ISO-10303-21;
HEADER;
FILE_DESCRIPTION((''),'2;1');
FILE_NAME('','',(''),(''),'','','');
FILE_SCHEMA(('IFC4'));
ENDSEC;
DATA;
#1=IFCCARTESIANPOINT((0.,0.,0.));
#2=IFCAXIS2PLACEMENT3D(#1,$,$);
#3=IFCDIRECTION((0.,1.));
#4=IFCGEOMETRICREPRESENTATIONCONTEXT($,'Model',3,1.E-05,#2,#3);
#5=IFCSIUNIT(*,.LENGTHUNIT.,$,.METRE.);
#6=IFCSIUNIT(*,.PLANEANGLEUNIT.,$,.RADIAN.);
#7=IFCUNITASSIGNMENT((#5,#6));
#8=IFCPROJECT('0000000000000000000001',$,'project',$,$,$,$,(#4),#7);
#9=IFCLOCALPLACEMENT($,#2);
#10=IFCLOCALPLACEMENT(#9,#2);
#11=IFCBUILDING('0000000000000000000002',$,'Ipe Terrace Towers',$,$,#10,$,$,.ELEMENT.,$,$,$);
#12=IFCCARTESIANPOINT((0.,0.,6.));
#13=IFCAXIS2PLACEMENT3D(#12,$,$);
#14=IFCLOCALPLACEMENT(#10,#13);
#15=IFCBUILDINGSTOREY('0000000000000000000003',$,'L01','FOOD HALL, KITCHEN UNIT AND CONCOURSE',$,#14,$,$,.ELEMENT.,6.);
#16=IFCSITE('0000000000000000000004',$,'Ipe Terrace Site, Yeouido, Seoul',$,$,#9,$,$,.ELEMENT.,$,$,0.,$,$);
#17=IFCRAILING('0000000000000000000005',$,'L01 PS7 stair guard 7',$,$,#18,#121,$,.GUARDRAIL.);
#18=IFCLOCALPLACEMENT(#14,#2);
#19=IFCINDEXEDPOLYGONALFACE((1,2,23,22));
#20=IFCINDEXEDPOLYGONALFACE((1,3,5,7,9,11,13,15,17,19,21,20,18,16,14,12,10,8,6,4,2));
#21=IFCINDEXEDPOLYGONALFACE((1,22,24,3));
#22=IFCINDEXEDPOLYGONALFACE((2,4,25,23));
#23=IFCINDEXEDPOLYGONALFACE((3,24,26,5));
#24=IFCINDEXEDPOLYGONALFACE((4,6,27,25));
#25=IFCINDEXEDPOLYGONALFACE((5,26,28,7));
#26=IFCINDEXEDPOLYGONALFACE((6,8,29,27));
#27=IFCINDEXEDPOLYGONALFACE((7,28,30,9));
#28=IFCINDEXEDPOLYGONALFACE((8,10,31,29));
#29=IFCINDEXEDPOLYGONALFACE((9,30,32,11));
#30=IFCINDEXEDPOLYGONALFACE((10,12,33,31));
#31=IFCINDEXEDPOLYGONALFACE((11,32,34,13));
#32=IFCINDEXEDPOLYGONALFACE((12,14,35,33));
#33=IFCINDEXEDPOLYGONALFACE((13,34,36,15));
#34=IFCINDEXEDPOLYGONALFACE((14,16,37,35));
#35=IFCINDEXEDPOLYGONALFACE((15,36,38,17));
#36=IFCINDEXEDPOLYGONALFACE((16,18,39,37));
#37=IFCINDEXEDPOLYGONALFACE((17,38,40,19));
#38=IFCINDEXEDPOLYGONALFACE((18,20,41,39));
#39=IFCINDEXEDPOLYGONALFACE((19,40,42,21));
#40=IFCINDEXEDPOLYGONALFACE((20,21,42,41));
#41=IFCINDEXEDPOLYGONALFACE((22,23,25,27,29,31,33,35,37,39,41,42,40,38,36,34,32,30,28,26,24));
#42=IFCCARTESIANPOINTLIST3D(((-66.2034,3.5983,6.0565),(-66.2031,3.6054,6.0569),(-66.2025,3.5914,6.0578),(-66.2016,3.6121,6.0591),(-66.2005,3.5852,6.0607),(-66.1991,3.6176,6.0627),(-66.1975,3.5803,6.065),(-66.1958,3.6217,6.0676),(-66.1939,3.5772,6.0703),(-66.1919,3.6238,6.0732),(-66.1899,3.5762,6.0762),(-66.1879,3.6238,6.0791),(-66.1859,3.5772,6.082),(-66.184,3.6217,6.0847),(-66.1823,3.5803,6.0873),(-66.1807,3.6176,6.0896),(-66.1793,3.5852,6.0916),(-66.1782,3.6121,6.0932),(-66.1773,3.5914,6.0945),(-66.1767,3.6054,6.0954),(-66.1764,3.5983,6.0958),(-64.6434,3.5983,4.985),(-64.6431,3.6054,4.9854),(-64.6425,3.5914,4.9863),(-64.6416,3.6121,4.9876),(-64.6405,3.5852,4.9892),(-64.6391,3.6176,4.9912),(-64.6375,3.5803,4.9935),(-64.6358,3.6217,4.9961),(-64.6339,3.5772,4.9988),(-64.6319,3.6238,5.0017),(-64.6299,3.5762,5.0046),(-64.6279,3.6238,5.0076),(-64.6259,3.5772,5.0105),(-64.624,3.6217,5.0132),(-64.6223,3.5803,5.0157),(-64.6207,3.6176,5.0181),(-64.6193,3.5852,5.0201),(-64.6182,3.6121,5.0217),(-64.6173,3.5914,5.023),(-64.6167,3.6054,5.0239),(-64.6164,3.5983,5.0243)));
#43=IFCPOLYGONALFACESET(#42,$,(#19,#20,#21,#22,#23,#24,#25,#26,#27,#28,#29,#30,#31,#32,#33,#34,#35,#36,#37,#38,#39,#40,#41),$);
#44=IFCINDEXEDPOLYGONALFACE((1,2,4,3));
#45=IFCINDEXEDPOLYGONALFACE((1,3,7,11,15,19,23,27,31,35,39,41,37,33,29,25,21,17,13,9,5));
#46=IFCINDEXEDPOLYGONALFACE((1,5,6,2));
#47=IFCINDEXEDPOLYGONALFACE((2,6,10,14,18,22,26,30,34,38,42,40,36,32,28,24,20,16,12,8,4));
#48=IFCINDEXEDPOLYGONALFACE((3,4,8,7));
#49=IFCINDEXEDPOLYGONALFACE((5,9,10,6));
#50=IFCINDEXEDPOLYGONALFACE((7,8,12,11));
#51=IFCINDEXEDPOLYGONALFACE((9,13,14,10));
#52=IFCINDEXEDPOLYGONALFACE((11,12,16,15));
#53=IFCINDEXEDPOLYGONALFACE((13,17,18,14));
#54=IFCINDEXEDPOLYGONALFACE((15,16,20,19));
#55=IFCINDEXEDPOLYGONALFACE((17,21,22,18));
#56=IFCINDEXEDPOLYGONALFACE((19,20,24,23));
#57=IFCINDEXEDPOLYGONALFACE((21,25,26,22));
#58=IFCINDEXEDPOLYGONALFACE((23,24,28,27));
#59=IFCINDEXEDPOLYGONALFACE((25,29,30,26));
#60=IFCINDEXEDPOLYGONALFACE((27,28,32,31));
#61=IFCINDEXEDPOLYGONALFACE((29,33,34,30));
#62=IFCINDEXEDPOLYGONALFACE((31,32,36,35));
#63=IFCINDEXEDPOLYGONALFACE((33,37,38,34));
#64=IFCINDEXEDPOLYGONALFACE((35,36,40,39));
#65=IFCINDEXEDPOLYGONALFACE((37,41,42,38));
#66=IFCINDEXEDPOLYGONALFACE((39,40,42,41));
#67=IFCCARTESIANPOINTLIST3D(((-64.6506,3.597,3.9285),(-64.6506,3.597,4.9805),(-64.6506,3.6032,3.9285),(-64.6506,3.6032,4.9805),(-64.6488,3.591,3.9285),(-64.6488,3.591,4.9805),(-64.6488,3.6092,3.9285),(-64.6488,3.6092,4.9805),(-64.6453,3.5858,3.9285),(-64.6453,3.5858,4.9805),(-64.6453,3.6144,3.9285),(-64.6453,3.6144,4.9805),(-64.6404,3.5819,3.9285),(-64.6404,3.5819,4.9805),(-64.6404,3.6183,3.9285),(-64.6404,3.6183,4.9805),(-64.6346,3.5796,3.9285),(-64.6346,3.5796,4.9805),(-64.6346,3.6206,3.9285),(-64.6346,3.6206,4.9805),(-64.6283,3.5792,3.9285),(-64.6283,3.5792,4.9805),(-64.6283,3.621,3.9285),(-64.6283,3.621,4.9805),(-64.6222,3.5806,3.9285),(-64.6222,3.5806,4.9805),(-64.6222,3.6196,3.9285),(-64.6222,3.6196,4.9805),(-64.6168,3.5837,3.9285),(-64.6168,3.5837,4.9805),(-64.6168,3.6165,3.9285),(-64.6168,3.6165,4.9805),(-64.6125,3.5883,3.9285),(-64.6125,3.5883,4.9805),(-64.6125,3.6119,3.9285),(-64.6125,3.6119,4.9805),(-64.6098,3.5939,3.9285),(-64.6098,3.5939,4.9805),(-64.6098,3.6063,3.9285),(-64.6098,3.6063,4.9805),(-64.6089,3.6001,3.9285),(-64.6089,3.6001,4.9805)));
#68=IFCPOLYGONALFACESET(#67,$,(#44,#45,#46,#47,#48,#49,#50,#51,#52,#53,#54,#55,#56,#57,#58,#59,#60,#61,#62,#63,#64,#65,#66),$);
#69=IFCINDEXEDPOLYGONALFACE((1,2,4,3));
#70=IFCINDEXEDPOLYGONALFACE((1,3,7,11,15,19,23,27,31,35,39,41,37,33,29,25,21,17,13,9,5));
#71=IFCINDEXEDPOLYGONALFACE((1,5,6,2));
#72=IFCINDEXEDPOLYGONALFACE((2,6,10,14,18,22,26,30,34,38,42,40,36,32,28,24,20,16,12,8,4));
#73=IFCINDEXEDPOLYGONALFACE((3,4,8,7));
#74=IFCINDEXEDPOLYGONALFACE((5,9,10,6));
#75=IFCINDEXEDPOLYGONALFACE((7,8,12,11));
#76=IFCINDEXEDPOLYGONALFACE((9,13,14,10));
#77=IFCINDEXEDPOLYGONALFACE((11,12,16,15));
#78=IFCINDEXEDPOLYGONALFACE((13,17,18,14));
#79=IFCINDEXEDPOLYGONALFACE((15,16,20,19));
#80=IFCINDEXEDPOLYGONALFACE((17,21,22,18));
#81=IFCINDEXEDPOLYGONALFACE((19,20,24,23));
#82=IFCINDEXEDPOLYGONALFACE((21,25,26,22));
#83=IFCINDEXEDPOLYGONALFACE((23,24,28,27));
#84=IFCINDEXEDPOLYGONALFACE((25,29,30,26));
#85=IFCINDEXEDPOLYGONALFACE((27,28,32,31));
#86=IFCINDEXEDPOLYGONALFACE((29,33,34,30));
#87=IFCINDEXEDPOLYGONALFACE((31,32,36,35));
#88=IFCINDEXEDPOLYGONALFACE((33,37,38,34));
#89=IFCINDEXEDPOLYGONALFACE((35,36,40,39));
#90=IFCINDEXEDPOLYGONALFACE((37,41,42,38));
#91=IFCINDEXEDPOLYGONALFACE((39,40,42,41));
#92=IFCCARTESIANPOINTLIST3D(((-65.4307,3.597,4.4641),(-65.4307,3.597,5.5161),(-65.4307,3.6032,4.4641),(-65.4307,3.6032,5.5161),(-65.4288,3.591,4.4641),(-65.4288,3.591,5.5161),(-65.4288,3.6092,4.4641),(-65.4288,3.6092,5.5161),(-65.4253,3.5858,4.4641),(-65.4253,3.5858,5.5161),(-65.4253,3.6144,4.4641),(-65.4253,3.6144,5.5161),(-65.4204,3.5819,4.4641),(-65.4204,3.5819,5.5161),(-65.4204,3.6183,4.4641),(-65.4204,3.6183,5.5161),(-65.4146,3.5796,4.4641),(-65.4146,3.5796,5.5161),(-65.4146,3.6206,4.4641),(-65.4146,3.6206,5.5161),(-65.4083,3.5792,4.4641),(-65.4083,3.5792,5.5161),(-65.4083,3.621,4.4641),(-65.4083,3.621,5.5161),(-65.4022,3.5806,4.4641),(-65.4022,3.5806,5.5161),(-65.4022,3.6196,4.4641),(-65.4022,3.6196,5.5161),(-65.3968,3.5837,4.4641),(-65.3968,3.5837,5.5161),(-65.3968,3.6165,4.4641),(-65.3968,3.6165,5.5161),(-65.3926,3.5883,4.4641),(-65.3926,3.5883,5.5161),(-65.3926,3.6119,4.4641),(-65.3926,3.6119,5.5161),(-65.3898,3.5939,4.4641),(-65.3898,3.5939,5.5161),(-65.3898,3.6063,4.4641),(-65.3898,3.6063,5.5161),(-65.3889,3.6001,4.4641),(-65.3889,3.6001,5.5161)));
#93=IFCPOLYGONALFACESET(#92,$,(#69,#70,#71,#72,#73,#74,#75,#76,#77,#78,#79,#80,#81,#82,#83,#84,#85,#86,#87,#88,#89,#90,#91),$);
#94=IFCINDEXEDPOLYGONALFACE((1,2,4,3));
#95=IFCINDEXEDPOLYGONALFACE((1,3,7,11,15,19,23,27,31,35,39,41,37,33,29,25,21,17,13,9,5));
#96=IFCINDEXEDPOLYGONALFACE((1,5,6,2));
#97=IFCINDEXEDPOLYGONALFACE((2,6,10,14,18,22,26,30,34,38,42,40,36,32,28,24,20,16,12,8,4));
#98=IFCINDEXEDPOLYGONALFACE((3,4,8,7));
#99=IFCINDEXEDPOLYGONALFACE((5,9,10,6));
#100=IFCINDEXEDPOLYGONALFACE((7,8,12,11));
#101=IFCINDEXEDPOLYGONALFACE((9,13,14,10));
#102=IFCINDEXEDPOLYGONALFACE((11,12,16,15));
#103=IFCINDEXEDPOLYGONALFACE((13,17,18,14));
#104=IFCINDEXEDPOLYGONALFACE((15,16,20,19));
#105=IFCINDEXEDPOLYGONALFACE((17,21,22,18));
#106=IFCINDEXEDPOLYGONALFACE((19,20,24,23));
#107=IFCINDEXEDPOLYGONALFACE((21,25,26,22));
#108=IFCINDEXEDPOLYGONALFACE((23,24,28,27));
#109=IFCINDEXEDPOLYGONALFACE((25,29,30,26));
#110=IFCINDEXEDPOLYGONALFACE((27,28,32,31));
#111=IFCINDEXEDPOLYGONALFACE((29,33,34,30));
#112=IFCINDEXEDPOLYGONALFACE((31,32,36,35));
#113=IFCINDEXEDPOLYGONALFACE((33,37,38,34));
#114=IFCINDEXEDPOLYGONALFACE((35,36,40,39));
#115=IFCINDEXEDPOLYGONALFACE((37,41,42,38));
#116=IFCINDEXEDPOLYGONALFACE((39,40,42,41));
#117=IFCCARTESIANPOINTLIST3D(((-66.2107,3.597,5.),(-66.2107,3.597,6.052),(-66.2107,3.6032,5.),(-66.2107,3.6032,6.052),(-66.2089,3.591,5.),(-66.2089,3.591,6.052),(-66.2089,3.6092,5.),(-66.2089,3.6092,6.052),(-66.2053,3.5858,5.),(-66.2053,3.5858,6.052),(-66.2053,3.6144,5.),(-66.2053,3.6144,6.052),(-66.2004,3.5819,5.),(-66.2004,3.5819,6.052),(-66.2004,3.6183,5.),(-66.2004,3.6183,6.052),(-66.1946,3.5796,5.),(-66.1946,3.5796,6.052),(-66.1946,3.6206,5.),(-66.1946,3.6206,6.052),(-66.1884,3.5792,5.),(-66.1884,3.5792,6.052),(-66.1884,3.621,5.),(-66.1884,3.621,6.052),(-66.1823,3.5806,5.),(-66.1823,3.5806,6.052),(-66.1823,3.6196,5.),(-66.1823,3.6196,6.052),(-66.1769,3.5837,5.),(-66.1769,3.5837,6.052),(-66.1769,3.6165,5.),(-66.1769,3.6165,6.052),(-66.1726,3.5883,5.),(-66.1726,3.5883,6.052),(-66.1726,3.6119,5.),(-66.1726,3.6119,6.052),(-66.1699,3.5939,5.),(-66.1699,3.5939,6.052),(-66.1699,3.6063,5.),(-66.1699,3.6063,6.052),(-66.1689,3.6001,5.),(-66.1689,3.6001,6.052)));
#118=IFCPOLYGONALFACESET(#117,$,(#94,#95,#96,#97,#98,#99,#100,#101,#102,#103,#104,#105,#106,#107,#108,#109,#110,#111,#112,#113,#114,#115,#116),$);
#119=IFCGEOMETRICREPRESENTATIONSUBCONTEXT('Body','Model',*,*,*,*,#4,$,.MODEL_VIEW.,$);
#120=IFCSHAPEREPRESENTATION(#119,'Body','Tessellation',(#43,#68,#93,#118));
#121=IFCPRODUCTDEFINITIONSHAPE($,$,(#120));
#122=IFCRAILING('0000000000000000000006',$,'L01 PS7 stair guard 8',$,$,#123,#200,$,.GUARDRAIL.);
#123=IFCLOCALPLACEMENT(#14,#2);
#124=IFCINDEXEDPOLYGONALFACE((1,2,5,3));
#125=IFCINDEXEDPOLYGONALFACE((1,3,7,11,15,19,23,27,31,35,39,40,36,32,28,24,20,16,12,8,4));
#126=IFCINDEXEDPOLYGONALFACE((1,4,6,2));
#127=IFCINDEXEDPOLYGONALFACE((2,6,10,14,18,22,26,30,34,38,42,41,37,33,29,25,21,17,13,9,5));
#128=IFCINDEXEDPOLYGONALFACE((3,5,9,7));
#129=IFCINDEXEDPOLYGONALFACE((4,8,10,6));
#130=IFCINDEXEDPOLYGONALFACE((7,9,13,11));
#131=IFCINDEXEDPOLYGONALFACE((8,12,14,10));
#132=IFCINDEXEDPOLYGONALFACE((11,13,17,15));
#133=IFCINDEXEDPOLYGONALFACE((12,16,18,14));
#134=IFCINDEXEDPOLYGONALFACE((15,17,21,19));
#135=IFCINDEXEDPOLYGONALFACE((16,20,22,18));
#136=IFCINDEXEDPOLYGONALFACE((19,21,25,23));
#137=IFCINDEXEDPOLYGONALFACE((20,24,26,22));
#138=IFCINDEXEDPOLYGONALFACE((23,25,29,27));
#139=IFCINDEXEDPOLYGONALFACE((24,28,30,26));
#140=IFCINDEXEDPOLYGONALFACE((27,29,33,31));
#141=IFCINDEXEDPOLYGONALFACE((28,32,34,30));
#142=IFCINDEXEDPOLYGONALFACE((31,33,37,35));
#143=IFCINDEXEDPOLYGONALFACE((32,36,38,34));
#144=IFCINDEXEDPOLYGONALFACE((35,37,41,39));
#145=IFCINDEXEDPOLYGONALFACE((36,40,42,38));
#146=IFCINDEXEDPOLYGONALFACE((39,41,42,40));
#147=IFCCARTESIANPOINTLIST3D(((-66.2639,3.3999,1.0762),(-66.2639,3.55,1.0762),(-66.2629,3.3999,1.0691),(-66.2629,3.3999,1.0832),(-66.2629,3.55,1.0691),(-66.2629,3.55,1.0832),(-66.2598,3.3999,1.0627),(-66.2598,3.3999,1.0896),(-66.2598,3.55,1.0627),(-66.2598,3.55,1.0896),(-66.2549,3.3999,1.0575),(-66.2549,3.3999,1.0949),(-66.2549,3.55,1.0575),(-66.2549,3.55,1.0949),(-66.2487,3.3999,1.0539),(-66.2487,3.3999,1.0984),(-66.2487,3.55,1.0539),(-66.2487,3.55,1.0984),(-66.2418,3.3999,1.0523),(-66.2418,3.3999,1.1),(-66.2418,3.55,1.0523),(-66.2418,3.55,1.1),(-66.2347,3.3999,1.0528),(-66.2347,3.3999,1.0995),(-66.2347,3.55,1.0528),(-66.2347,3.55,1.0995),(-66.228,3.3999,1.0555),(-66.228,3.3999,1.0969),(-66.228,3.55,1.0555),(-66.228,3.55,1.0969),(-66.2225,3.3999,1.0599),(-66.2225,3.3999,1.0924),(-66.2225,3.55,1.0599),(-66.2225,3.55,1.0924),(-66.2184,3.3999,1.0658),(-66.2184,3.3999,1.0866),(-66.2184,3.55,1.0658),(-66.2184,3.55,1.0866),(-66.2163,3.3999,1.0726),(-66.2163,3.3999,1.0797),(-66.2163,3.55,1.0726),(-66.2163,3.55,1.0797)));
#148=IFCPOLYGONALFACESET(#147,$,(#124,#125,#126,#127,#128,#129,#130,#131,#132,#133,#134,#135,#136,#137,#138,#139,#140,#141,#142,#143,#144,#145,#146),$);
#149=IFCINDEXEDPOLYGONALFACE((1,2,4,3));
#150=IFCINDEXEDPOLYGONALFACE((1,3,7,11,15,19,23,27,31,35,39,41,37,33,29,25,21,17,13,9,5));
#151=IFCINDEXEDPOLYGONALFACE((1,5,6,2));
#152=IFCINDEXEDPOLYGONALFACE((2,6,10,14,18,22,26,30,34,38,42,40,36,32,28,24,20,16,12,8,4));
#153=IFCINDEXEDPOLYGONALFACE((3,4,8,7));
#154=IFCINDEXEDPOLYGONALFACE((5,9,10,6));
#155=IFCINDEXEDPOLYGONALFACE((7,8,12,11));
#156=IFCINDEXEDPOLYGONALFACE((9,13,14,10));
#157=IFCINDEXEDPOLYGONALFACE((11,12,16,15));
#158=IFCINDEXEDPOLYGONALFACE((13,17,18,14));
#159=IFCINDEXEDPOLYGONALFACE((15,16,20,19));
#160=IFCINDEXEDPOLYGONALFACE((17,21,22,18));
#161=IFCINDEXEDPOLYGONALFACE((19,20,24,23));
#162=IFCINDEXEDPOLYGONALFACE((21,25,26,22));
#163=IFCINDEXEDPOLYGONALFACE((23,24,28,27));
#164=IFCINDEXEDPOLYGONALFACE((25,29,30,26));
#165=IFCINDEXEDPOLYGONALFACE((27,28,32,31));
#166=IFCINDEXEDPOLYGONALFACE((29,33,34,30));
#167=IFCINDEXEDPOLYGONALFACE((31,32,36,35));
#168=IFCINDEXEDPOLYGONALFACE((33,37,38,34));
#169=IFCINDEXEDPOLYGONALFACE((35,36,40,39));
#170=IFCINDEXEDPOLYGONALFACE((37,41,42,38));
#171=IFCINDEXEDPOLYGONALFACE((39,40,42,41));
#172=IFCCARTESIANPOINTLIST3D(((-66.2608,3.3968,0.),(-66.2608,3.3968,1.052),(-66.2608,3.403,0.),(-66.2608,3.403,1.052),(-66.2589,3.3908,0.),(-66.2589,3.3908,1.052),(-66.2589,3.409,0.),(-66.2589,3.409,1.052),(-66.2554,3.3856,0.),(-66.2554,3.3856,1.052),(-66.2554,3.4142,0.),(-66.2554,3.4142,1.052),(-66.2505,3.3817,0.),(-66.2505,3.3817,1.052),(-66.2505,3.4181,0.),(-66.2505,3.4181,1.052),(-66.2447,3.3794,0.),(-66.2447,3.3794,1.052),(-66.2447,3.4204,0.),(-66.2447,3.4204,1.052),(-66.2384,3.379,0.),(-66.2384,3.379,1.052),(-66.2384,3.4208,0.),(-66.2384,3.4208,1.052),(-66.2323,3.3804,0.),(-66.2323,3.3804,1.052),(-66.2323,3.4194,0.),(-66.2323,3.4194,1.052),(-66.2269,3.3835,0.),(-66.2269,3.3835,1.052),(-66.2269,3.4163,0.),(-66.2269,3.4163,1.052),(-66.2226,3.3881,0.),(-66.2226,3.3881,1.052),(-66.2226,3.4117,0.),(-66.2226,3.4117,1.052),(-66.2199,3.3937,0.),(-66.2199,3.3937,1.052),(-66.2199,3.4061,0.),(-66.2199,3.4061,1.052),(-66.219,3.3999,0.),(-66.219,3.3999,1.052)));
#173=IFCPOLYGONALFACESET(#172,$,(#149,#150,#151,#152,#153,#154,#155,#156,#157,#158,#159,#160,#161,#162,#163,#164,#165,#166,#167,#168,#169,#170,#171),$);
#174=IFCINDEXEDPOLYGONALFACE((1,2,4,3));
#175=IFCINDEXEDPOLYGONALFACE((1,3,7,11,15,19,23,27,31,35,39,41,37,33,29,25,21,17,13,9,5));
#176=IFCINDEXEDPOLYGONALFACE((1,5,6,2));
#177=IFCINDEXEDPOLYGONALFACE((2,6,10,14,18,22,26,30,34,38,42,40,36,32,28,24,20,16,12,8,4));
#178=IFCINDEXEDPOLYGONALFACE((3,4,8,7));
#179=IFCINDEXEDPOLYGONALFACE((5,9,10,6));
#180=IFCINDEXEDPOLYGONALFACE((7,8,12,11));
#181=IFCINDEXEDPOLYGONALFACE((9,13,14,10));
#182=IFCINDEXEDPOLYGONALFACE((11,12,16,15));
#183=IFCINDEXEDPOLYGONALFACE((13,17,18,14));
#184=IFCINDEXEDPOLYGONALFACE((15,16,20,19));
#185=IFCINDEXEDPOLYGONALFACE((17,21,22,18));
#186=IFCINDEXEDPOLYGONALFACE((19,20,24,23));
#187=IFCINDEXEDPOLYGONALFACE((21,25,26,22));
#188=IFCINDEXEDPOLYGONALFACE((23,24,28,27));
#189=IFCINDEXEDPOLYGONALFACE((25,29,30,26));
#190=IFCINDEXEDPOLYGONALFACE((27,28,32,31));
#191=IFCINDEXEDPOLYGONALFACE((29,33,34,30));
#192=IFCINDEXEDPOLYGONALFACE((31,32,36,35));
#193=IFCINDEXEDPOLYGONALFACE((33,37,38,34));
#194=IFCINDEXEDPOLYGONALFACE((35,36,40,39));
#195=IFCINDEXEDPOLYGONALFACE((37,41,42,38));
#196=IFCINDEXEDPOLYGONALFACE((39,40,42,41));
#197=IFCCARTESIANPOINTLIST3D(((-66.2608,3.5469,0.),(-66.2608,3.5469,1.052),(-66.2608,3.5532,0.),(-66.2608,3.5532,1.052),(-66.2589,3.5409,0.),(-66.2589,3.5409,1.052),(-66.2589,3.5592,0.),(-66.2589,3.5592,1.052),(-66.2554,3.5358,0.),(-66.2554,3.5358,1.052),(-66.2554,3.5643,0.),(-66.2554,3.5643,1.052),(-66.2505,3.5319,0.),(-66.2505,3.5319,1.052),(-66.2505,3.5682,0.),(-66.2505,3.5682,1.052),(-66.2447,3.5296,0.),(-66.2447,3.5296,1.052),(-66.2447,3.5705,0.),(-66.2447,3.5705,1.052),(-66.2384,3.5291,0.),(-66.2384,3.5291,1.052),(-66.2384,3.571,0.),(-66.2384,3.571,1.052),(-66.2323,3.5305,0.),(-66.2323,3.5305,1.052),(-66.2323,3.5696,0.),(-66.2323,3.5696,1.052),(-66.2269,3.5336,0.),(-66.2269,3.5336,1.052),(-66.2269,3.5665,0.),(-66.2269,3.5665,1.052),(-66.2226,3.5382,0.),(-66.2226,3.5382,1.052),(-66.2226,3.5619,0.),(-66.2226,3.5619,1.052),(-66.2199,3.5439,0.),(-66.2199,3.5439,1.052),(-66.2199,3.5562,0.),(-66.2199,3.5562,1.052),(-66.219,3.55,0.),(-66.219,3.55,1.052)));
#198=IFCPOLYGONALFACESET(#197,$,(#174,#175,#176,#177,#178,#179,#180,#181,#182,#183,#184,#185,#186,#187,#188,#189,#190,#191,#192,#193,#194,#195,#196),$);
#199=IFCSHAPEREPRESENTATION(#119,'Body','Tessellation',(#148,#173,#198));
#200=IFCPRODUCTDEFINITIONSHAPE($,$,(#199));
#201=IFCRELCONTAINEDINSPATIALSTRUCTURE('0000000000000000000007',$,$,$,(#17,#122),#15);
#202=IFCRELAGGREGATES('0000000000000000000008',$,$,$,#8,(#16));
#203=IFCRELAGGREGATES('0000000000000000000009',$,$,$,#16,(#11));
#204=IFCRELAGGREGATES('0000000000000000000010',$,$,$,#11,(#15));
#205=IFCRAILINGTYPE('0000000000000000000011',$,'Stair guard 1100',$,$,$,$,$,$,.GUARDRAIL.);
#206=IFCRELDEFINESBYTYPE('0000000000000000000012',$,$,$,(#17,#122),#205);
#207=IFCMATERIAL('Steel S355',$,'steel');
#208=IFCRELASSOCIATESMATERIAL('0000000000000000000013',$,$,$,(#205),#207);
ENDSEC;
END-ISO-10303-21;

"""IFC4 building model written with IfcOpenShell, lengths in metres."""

from ifc_helpers import new_model, si_unit, direction, frame, origin, origin_2d, place, context, subcontext, project, spatial, circle, extrude, material, type_object, element, save


model = new_model("IFC4")

# Units and contexts
model_context = context("Model", 3, precision=1e-05, world=origin(), true_north=direction((0.0, 1.0)))
body_context = subcontext(model_context, "Body", "Model", "MODEL_VIEW")
ifc_project = project(units=[si_unit("LENGTHUNIT", "METRE"), si_unit("PLANEANGLEUNIT", "RADIAN")], contexts=[model_context])

# Site, building, storey
site_placement = place(None, origin())
site = spatial("IfcSite", under=ifc_project, at=site_placement, Name="Ipe Terrace Site, Yeouido, Seoul", CompositionType="ELEMENT", RefElevation=0.0)
building_placement = place(site_placement, origin())
building = spatial("IfcBuilding", under=site, at=building_placement, Name="Ipe Terrace Towers", CompositionType="ELEMENT")
storey_placement = place(building_placement, frame((0.0, 0.0, 6.0)))
storey = spatial("IfcBuildingStorey", under=building, at=storey_placement, Name="L01", Description="FOOD HALL, KITCHEN UNIT AND CONCOURSE", CompositionType="ELEMENT", Elevation=6.0)

# Railings
ifc_material_1 = material(Name="Steel S355", Category="steel")
railing_type_1 = type_object("IfcRailingType", Name="Stair guard 1100", PredefinedType="GUARDRAIL", material=ifc_material_1)
railing_1_placement = place(storey_placement, frame((-64.6299, 3.6001, 3.9285)))
element("IfcRailing", 1, at=railing_1_placement, inside=storey, type_object=railing_type_1, Name="L01 PS7 stair guard 7", PredefinedType="GUARDRAIL", context=body_context, shape_type="SweptSolid", body=[
    extrude(circle(Radius=0.0239, at=origin_2d()), frame((0.0, 0.0, 1.0762), z_axis=(-0.82429, 0.0, 0.566167), x_axis=(0.0, -1.0, 0.0)), (0.0, 0.0, 1.0), 1.8926),
    extrude(circle(Radius=0.021, at=origin_2d()), origin(), (0.0, 0.0, 1.0), 1.052),
    extrude(circle(Radius=0.021, at=origin_2d()), frame((-0.78, 0.0, 0.5356)), (0.0, 0.0, 1.0), 1.052),
    extrude(circle(Radius=0.021, at=origin_2d()), frame((-1.5601, 0.0, 1.0715)), (0.0, 0.0, 1.0), 1.052),
])
railing_2_placement = place(storey_placement, frame((-66.24, 3.3999, 0.0)))
element("IfcRailing", 2, at=railing_2_placement, inside=storey, type_object=railing_type_1, Name="L01 PS7 stair guard 8", PredefinedType="GUARDRAIL", context=body_context, shape_type="SweptSolid", body=[
    extrude(circle(Radius=0.0239, at=origin_2d()), frame((0.0, 0.0, 1.0762), z_axis=(0.0, 1.0, 0.0), x_axis=(-1.0, 0.0, 0.0)), (0.0, 0.0, 1.0), 0.1501),
    extrude(circle(Radius=0.021, at=origin_2d()), origin(), (0.0, 0.0, 1.0), 1.052),
    extrude(circle(Radius=0.021, at=origin_2d()), frame((0.0, 0.1501, 0.0)), (0.0, 0.0, 1.0), 1.052),
])

save(model, "model.ifc")
